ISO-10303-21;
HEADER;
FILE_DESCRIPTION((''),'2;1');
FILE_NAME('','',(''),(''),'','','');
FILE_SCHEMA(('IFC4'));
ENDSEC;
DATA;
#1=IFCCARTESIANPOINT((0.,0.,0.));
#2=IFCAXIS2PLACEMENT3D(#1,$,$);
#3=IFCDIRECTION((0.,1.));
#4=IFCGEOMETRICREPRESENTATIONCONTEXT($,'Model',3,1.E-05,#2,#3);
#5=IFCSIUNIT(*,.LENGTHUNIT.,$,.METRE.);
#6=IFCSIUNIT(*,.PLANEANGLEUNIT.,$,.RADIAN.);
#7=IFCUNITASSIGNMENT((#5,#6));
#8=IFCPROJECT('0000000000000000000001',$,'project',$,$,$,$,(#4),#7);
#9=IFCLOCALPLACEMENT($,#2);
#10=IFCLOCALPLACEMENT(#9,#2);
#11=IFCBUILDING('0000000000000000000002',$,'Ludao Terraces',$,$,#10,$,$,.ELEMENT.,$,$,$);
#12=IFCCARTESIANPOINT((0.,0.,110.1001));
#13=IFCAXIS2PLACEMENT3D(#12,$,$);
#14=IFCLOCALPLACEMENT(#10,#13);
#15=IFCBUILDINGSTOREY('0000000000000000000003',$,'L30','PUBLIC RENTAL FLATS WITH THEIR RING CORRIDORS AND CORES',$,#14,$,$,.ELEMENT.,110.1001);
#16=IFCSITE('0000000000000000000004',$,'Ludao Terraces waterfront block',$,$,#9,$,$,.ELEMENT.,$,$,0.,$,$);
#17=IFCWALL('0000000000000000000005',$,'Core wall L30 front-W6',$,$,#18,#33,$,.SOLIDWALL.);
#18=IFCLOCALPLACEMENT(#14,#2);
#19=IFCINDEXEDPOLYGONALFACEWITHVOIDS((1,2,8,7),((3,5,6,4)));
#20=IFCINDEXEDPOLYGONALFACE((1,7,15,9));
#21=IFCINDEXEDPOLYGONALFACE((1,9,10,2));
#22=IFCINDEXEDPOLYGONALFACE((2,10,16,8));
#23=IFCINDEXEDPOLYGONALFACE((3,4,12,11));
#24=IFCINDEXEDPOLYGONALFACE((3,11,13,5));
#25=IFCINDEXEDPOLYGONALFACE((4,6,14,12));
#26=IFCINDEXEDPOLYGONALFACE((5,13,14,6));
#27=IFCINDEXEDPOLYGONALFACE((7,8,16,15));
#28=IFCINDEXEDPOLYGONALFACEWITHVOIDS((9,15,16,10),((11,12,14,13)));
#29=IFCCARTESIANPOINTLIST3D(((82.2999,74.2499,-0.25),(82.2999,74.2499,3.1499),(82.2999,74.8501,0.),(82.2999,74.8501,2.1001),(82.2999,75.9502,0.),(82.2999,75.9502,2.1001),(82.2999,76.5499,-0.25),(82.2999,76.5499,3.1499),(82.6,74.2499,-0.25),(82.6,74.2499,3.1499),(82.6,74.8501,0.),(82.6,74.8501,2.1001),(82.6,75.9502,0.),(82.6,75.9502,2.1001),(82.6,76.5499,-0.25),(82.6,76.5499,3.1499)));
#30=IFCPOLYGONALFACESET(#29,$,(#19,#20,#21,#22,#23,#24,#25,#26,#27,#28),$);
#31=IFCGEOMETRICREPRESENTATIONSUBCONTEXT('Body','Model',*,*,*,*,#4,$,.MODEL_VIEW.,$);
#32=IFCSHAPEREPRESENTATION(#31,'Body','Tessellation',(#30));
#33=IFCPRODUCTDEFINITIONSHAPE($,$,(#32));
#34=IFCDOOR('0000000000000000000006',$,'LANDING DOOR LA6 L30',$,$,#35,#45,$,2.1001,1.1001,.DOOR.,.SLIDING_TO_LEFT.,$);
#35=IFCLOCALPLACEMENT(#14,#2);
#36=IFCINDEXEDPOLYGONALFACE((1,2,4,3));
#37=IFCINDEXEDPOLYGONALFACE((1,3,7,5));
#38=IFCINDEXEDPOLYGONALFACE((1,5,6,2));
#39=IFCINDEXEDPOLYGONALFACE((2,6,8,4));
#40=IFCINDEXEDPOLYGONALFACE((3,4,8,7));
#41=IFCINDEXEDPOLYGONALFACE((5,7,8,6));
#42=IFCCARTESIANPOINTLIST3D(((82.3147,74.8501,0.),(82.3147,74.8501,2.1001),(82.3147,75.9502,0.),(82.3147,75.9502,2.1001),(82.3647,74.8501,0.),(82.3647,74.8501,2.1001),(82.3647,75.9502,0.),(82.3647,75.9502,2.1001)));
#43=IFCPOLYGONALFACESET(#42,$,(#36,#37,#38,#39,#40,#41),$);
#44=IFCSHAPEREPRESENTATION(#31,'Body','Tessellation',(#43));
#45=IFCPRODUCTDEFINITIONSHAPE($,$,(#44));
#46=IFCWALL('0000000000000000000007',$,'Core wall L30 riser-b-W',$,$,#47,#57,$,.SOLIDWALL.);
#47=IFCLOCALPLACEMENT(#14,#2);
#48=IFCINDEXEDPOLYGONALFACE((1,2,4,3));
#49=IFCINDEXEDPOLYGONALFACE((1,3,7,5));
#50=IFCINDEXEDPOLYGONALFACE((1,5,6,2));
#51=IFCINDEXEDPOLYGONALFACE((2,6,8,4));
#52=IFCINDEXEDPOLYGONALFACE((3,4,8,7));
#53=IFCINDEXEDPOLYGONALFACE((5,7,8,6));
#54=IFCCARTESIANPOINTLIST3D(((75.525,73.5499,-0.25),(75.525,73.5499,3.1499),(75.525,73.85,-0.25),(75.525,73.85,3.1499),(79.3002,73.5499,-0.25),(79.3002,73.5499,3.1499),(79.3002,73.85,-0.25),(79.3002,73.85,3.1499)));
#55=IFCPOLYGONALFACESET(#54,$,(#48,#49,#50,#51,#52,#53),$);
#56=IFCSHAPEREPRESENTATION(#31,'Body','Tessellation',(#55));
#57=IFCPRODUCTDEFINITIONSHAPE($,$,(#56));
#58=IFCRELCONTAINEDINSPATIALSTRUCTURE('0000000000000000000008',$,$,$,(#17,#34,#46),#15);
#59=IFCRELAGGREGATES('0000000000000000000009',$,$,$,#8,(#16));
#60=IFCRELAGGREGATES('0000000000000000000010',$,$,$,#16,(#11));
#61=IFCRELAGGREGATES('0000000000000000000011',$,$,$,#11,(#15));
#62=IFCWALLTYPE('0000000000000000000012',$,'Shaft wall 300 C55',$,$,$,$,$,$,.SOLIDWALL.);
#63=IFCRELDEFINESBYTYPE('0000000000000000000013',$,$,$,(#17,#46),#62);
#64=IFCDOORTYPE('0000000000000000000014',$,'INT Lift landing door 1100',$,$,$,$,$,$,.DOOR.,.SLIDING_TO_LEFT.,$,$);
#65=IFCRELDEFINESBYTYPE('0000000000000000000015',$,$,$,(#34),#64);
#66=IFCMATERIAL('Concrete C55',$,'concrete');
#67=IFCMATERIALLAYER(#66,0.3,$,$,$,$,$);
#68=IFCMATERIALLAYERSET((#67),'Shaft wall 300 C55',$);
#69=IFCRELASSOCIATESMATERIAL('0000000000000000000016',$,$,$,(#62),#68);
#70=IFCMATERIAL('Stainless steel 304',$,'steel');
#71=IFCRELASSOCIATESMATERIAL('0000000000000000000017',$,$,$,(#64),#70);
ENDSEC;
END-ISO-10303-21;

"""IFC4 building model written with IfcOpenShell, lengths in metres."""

from ifc_helpers import new_model, si_unit, direction, frame, frame_2d, origin, place, context, subcontext, project, spatial, rectangle, extrude, material, layer, layer_set, type_object, element, fill, save


model = new_model("IFC4")

# Units and contexts
model_context = context("Model", 3, precision=1e-05, world=origin(), true_north=direction((0.0, 1.0)))
body_context = subcontext(model_context, "Body", "Model", "MODEL_VIEW")
ifc_project = project(units=[si_unit("LENGTHUNIT", "METRE"), si_unit("PLANEANGLEUNIT", "RADIAN")], contexts=[model_context])

# Site, building, storey
site_placement = place(None, origin())
site = spatial("IfcSite", under=ifc_project, at=site_placement, Name="Ludao Terraces waterfront block", CompositionType="ELEMENT", RefElevation=0.0)
building_placement = place(site_placement, origin())
building = spatial("IfcBuilding", under=site, at=building_placement, Name="Ludao Terraces", CompositionType="ELEMENT")
storey_placement = place(building_placement, frame((0.0, 0.0, 110.1001)))
storey = spatial("IfcBuildingStorey", under=building, at=storey_placement, Name="L30", Description="PUBLIC RENTAL FLATS WITH THEIR RING CORRIDORS AND CORES", CompositionType="ELEMENT", Elevation=110.1001)

# Shared definitions
ifc_material_1 = material(Name="Concrete C55", Category="concrete")
ifc_layer_1 = layer(ifc_material_1, 0.3)
ifc_layer_set_1 = layer_set([ifc_layer_1], Name="Shaft wall 300 C55")
wall_type_1 = type_object("IfcWallType", Name="Shaft wall 300 C55", PredefinedType="SOLIDWALL", material=ifc_layer_set_1)

# Shared definitions
ifc_material_2 = material(Name="Stainless steel 304", Category="steel")
door_type = type_object("IfcDoorType", Name="INT Lift landing door 1100", OperationType="SLIDING_TO_LEFT", PredefinedType="DOOR", material=ifc_material_2)

# Wall, opening, door
wall_1_placement = place(storey_placement, frame((82.45, 74.25, -0.25), z_axis=(0.0, 0.0, 1.0), x_axis=(0.0, 1.0, 0.0)))
wall_1 = element("IfcWall", 1, at=wall_1_placement, inside=storey, type_object=wall_type_1, Name="Core wall L30 front-W6", PredefinedType="SOLIDWALL", context=body_context, shape_type="SweptSolid", body=[
    extrude(rectangle(XDim=2.3, YDim=0.3, at=frame_2d((1.1499, 0.0))), origin(), (0.0, 0.0, 1.0), 3.3999),
])
opening_1_placement = place(wall_1_placement, frame((0.6001, 0.0, 0.25)))
opening_1 = element("IfcOpeningElement", 2, at=opening_1_placement, cuts=wall_1, PredefinedType="OPENING", context=body_context, shape_type="SweptSolid", body=[
    extrude(rectangle(XDim=1.1001, YDim=2.1001, at=frame_2d((0.55, 1.05))), frame((0.0, 0.1602, 0.0), z_axis=(0.0, -1.0, 0.0), x_axis=(1.0, 0.0, 0.0)), (0.0, 0.0, 1.0), 0.3201),
])
door_1_placement = place(opening_1_placement, origin())
door_1 = element("IfcDoor", 3, at=door_1_placement, inside=storey, type_object=door_type, Name="LANDING DOOR LA6 L30", OperationType="SLIDING_TO_LEFT", OverallHeight=2.1001, OverallWidth=1.1001, PredefinedType="DOOR", context=body_context, shape_type="SweptSolid", body=[
    extrude(rectangle(XDim=1.1001, YDim=2.1001, at=frame_2d((0.55, 1.05))), frame((0.0, 0.1353, 0.0), z_axis=(0.0, -1.0, 0.0), x_axis=(1.0, 0.0, 0.0)), (0.0, 0.0, 1.0), 0.05),
])
fill(opening_1, door_1)

# Wall
wall_2_placement = place(storey_placement, frame((75.5249, 73.7, -0.25), z_axis=(0.0, 0.0, 1.0), x_axis=(1.0, 0.0, 0.0)))
element("IfcWall", 4, at=wall_2_placement, inside=storey, type_object=wall_type_1, Name="Core wall L30 riser-b-W", PredefinedType="SOLIDWALL", context=body_context, shape_type="SweptSolid", body=[
    extrude(rectangle(XDim=3.7751, YDim=0.3, at=frame_2d((1.8877, 0.0))), origin(), (0.0, 0.0, 1.0), 3.3999),
])

save(model, "model.ifc")
